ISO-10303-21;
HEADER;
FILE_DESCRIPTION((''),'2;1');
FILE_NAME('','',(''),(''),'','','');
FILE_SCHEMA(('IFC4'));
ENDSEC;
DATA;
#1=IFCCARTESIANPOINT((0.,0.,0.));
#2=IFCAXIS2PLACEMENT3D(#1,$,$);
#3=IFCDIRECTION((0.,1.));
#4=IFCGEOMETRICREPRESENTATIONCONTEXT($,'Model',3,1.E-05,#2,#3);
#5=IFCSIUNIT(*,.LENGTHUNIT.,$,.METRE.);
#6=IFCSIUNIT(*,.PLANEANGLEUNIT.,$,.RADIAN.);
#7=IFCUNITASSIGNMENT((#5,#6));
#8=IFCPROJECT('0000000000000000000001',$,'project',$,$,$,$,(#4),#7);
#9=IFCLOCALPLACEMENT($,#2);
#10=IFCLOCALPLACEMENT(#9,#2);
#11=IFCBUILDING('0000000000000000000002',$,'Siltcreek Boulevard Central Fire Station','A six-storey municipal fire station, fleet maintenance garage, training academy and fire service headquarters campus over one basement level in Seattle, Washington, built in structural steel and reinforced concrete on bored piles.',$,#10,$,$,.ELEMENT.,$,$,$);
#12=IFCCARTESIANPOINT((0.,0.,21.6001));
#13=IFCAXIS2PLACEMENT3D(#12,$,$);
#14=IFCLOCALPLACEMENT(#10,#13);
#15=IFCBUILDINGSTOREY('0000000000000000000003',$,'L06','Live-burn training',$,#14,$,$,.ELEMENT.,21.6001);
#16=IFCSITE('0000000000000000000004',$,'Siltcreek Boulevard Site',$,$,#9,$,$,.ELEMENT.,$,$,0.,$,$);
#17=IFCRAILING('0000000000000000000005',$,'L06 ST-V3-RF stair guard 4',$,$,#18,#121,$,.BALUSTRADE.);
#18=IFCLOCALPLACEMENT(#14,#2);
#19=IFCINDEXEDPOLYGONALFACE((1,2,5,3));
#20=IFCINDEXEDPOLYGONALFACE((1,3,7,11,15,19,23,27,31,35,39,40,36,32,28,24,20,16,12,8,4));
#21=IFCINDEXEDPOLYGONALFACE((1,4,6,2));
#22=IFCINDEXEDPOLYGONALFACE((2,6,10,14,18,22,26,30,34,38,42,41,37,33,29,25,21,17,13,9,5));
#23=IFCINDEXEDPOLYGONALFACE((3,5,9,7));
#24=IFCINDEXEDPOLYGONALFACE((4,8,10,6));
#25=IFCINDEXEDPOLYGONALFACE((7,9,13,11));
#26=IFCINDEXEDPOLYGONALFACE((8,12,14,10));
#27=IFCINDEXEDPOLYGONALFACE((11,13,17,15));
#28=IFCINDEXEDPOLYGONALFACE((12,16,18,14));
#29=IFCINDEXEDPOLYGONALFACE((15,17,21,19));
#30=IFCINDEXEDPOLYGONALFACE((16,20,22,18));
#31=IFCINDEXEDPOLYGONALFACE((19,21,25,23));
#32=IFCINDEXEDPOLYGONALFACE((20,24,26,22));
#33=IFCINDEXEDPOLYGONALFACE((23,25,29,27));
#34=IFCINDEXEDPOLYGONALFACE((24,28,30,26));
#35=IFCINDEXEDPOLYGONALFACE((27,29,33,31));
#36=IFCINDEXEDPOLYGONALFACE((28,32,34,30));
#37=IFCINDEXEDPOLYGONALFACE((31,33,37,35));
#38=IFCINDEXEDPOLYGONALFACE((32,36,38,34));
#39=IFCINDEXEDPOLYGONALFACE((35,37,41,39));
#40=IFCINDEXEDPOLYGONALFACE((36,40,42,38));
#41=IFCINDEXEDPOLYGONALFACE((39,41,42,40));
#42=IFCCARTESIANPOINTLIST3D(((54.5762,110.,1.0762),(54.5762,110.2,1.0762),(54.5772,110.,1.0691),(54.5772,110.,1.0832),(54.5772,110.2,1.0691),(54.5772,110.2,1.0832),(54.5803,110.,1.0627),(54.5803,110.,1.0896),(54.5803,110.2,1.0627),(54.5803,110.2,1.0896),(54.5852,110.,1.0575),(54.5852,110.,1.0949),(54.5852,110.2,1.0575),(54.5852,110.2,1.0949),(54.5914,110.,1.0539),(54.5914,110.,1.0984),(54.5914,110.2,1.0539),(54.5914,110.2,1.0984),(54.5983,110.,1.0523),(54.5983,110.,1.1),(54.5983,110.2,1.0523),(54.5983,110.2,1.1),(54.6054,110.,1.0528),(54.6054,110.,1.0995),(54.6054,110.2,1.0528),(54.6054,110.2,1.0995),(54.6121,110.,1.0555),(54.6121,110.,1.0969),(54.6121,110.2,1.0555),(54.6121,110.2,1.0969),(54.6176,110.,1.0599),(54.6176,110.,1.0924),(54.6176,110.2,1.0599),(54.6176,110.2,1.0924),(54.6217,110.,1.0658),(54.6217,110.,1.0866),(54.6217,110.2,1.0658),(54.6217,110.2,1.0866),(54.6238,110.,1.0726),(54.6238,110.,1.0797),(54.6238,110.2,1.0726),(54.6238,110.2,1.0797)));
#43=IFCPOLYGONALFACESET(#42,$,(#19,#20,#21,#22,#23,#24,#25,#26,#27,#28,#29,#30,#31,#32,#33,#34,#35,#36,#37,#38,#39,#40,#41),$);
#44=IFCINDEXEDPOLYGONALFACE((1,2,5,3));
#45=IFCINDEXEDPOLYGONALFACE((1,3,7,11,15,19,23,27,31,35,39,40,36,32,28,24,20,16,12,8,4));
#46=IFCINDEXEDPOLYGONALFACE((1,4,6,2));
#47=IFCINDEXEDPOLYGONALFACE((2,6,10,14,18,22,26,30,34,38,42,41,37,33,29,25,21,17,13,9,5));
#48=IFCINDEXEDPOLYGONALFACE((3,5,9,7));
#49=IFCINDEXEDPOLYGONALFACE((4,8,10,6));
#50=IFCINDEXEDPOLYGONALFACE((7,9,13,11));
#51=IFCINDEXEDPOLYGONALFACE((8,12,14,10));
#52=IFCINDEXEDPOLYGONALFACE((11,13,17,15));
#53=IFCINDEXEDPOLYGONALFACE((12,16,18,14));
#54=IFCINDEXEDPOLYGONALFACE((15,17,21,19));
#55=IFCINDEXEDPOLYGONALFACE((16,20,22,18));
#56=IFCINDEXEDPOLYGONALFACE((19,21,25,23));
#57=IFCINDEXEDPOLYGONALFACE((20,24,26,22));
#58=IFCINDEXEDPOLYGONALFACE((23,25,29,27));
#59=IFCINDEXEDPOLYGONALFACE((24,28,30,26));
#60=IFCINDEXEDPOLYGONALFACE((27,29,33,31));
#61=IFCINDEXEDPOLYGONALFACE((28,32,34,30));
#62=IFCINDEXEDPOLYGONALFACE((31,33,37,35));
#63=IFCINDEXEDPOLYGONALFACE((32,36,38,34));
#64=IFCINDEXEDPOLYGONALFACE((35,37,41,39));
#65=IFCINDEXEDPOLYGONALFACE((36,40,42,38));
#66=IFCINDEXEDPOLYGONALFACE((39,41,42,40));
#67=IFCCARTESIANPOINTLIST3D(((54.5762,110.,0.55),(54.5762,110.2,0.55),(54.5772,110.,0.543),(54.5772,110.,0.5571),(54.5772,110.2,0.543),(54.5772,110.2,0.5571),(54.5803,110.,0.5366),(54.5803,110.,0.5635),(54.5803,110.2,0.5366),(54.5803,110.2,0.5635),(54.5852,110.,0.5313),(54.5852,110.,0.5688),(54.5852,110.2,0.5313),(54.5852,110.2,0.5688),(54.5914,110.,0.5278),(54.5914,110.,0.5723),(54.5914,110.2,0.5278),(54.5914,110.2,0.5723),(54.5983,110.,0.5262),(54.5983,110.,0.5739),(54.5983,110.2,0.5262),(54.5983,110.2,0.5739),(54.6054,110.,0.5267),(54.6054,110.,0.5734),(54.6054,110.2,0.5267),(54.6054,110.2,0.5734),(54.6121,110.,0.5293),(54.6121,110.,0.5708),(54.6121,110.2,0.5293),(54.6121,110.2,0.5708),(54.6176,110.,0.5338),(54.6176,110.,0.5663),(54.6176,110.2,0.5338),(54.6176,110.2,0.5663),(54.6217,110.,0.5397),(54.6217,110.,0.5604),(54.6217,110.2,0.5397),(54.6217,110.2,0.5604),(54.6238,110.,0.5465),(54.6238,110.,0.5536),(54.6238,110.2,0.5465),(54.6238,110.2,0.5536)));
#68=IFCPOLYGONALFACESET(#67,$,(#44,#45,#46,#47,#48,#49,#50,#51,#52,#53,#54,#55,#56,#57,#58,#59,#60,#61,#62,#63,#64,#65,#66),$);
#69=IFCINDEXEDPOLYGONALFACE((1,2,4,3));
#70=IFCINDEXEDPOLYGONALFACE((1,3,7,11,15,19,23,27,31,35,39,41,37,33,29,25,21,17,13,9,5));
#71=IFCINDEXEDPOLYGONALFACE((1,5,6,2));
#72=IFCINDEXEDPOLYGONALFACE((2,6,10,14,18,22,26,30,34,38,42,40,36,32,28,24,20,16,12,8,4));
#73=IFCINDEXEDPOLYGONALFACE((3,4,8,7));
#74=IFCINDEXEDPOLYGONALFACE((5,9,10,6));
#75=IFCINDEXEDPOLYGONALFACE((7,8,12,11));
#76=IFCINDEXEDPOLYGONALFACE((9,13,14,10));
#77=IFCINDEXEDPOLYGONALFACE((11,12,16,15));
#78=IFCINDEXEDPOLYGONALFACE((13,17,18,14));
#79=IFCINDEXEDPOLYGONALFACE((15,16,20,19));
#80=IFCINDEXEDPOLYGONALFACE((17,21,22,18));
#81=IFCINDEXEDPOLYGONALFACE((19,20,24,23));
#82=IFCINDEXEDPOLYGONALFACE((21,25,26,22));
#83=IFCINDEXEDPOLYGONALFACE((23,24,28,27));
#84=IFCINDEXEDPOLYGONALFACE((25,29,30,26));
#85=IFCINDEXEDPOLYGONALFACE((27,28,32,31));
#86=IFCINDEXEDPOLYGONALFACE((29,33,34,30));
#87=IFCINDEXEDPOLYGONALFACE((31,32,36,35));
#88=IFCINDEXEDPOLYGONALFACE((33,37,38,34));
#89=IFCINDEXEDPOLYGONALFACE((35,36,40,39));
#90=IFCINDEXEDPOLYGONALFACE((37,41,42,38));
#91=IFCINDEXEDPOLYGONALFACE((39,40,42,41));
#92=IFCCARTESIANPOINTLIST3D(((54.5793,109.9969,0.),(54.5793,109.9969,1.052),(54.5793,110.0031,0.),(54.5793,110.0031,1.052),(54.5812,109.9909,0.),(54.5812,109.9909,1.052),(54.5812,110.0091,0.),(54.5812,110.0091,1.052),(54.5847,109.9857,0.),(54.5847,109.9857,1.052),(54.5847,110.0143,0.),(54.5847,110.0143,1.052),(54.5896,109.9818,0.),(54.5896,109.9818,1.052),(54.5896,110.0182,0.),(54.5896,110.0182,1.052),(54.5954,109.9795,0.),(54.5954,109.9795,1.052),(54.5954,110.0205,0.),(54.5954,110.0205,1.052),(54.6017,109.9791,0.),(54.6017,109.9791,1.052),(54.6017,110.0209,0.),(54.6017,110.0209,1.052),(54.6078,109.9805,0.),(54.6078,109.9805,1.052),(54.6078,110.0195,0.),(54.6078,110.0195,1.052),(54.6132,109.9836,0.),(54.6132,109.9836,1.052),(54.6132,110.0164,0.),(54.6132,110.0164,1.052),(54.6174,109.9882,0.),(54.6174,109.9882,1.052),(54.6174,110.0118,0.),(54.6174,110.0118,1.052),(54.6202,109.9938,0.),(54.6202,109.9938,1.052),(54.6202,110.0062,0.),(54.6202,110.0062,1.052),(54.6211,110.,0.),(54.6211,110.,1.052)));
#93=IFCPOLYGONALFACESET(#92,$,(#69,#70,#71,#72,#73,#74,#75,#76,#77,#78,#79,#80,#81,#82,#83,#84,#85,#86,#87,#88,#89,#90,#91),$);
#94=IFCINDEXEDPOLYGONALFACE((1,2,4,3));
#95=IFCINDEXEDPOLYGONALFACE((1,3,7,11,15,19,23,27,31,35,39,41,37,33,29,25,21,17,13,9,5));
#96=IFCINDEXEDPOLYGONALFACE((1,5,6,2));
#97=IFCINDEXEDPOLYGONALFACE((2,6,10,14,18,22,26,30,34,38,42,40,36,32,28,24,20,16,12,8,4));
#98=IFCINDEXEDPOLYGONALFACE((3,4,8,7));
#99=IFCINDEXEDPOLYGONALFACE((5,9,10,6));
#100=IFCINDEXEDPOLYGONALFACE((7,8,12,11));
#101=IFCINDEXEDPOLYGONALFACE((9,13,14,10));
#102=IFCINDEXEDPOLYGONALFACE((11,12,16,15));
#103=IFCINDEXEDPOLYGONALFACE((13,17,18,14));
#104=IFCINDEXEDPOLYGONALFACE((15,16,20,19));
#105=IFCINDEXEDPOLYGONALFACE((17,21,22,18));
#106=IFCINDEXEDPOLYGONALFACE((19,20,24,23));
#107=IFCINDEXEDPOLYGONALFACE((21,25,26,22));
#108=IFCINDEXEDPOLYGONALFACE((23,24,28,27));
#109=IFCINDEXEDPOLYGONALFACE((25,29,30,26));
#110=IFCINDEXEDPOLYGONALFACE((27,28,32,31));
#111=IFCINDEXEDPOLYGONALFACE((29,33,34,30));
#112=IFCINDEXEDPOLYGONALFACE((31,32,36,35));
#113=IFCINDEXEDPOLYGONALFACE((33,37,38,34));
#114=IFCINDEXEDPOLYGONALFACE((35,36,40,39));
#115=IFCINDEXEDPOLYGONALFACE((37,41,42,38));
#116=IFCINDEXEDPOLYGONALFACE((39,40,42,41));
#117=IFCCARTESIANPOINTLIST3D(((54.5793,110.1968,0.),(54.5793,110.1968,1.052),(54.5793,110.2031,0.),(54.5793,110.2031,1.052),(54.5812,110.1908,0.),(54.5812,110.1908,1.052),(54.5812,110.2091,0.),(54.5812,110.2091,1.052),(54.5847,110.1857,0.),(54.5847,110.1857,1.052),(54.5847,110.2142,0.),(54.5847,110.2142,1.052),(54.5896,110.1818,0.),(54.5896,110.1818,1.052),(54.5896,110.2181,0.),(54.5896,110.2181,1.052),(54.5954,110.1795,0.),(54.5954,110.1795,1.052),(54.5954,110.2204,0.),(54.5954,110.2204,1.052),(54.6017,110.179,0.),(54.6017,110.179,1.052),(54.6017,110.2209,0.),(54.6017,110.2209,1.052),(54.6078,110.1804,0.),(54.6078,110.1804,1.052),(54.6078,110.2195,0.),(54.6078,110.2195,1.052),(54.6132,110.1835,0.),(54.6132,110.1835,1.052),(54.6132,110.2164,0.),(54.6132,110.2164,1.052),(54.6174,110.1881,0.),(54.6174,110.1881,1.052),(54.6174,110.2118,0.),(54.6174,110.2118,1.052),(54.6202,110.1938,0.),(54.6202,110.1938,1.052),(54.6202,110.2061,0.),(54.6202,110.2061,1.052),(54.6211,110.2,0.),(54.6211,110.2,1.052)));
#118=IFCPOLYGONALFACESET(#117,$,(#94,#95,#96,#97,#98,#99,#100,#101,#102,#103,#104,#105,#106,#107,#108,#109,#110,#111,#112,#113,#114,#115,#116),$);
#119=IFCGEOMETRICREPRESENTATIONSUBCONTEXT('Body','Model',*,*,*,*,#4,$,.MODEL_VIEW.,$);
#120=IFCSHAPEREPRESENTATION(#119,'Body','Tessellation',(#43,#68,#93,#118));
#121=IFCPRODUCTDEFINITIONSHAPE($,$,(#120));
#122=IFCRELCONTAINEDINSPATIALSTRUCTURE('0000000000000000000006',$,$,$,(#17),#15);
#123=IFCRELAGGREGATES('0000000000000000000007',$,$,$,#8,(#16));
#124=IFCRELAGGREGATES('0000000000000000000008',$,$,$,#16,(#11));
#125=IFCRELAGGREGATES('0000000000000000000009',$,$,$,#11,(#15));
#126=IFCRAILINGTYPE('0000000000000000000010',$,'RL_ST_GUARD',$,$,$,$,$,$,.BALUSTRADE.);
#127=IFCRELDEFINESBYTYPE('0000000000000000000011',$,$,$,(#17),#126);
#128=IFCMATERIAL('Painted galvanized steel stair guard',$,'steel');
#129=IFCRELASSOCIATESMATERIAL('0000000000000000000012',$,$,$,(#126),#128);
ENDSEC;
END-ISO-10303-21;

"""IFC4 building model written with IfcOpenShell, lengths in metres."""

from ifc_helpers import new_model, si_unit, direction, frame, origin, origin_2d, place, context, subcontext, project, spatial, circle, extrude, material, type_object, element, save


model = new_model("IFC4")

# Units and contexts
model_context = context("Model", 3, precision=1e-05, world=origin(), true_north=direction((0.0, 1.0)))
body_context = subcontext(model_context, "Body", "Model", "MODEL_VIEW")
ifc_project = project(units=[si_unit("LENGTHUNIT", "METRE"), si_unit("PLANEANGLEUNIT", "RADIAN")], contexts=[model_context])

# Site, building, storey
site_placement = place(None, origin())
site = spatial("IfcSite", under=ifc_project, at=site_placement, Name="Siltcreek Boulevard Site", CompositionType="ELEMENT", RefElevation=0.0)
building_placement = place(site_placement, origin())
building = spatial("IfcBuilding", under=site, at=building_placement, Name="Siltcreek Boulevard Central Fire Station", Description="A six-storey municipal fire station, fleet maintenance garage, training academy and fire service headquarters campus over one basement level in Seattle, Washington, built in structural steel and reinforced concrete on bored piles.", CompositionType="ELEMENT")
storey_placement = place(building_placement, frame((0.0, 0.0, 21.6001)))
storey = spatial("IfcBuildingStorey", under=building, at=storey_placement, Name="L06", Description="Live-burn training", CompositionType="ELEMENT", Elevation=21.6001)

# Railing
ifc_material_1 = material(Name="Painted galvanized steel stair guard", Category="steel")
railing_type_1 = type_object("IfcRailingType", Name="RL_ST_GUARD", PredefinedType="BALUSTRADE", material=ifc_material_1)
railing_1_placement = place(storey_placement, frame((54.6001, 110.0, 0.0)))
element("IfcRailing", 1, at=railing_1_placement, inside=storey, type_object=railing_type_1, Name="L06 ST-V3-RF stair guard 4", PredefinedType="BALUSTRADE", context=body_context, shape_type="SweptSolid", body=[
    extrude(circle(Radius=0.0239, at=origin_2d()), frame((0.0, 0.0, 1.0762), z_axis=(0.0, 1.0, 0.0), x_axis=(-1.0, 0.0, 0.0)), (0.0, 0.0, 1.0), 0.2),
    extrude(circle(Radius=0.0239, at=origin_2d()), frame((0.0, 0.0, 0.55), z_axis=(0.0, 1.0, 0.0), x_axis=(-1.0, 0.0, 0.0)), (0.0, 0.0, 1.0), 0.2),
    extrude(circle(Radius=0.021, at=origin_2d()), origin(), (0.0, 0.0, 1.0), 1.052),
    extrude(circle(Radius=0.021, at=origin_2d()), frame((0.0, 0.2, 0.0)), (0.0, 0.0, 1.0), 1.052),
])

save(model, "model.ifc")
